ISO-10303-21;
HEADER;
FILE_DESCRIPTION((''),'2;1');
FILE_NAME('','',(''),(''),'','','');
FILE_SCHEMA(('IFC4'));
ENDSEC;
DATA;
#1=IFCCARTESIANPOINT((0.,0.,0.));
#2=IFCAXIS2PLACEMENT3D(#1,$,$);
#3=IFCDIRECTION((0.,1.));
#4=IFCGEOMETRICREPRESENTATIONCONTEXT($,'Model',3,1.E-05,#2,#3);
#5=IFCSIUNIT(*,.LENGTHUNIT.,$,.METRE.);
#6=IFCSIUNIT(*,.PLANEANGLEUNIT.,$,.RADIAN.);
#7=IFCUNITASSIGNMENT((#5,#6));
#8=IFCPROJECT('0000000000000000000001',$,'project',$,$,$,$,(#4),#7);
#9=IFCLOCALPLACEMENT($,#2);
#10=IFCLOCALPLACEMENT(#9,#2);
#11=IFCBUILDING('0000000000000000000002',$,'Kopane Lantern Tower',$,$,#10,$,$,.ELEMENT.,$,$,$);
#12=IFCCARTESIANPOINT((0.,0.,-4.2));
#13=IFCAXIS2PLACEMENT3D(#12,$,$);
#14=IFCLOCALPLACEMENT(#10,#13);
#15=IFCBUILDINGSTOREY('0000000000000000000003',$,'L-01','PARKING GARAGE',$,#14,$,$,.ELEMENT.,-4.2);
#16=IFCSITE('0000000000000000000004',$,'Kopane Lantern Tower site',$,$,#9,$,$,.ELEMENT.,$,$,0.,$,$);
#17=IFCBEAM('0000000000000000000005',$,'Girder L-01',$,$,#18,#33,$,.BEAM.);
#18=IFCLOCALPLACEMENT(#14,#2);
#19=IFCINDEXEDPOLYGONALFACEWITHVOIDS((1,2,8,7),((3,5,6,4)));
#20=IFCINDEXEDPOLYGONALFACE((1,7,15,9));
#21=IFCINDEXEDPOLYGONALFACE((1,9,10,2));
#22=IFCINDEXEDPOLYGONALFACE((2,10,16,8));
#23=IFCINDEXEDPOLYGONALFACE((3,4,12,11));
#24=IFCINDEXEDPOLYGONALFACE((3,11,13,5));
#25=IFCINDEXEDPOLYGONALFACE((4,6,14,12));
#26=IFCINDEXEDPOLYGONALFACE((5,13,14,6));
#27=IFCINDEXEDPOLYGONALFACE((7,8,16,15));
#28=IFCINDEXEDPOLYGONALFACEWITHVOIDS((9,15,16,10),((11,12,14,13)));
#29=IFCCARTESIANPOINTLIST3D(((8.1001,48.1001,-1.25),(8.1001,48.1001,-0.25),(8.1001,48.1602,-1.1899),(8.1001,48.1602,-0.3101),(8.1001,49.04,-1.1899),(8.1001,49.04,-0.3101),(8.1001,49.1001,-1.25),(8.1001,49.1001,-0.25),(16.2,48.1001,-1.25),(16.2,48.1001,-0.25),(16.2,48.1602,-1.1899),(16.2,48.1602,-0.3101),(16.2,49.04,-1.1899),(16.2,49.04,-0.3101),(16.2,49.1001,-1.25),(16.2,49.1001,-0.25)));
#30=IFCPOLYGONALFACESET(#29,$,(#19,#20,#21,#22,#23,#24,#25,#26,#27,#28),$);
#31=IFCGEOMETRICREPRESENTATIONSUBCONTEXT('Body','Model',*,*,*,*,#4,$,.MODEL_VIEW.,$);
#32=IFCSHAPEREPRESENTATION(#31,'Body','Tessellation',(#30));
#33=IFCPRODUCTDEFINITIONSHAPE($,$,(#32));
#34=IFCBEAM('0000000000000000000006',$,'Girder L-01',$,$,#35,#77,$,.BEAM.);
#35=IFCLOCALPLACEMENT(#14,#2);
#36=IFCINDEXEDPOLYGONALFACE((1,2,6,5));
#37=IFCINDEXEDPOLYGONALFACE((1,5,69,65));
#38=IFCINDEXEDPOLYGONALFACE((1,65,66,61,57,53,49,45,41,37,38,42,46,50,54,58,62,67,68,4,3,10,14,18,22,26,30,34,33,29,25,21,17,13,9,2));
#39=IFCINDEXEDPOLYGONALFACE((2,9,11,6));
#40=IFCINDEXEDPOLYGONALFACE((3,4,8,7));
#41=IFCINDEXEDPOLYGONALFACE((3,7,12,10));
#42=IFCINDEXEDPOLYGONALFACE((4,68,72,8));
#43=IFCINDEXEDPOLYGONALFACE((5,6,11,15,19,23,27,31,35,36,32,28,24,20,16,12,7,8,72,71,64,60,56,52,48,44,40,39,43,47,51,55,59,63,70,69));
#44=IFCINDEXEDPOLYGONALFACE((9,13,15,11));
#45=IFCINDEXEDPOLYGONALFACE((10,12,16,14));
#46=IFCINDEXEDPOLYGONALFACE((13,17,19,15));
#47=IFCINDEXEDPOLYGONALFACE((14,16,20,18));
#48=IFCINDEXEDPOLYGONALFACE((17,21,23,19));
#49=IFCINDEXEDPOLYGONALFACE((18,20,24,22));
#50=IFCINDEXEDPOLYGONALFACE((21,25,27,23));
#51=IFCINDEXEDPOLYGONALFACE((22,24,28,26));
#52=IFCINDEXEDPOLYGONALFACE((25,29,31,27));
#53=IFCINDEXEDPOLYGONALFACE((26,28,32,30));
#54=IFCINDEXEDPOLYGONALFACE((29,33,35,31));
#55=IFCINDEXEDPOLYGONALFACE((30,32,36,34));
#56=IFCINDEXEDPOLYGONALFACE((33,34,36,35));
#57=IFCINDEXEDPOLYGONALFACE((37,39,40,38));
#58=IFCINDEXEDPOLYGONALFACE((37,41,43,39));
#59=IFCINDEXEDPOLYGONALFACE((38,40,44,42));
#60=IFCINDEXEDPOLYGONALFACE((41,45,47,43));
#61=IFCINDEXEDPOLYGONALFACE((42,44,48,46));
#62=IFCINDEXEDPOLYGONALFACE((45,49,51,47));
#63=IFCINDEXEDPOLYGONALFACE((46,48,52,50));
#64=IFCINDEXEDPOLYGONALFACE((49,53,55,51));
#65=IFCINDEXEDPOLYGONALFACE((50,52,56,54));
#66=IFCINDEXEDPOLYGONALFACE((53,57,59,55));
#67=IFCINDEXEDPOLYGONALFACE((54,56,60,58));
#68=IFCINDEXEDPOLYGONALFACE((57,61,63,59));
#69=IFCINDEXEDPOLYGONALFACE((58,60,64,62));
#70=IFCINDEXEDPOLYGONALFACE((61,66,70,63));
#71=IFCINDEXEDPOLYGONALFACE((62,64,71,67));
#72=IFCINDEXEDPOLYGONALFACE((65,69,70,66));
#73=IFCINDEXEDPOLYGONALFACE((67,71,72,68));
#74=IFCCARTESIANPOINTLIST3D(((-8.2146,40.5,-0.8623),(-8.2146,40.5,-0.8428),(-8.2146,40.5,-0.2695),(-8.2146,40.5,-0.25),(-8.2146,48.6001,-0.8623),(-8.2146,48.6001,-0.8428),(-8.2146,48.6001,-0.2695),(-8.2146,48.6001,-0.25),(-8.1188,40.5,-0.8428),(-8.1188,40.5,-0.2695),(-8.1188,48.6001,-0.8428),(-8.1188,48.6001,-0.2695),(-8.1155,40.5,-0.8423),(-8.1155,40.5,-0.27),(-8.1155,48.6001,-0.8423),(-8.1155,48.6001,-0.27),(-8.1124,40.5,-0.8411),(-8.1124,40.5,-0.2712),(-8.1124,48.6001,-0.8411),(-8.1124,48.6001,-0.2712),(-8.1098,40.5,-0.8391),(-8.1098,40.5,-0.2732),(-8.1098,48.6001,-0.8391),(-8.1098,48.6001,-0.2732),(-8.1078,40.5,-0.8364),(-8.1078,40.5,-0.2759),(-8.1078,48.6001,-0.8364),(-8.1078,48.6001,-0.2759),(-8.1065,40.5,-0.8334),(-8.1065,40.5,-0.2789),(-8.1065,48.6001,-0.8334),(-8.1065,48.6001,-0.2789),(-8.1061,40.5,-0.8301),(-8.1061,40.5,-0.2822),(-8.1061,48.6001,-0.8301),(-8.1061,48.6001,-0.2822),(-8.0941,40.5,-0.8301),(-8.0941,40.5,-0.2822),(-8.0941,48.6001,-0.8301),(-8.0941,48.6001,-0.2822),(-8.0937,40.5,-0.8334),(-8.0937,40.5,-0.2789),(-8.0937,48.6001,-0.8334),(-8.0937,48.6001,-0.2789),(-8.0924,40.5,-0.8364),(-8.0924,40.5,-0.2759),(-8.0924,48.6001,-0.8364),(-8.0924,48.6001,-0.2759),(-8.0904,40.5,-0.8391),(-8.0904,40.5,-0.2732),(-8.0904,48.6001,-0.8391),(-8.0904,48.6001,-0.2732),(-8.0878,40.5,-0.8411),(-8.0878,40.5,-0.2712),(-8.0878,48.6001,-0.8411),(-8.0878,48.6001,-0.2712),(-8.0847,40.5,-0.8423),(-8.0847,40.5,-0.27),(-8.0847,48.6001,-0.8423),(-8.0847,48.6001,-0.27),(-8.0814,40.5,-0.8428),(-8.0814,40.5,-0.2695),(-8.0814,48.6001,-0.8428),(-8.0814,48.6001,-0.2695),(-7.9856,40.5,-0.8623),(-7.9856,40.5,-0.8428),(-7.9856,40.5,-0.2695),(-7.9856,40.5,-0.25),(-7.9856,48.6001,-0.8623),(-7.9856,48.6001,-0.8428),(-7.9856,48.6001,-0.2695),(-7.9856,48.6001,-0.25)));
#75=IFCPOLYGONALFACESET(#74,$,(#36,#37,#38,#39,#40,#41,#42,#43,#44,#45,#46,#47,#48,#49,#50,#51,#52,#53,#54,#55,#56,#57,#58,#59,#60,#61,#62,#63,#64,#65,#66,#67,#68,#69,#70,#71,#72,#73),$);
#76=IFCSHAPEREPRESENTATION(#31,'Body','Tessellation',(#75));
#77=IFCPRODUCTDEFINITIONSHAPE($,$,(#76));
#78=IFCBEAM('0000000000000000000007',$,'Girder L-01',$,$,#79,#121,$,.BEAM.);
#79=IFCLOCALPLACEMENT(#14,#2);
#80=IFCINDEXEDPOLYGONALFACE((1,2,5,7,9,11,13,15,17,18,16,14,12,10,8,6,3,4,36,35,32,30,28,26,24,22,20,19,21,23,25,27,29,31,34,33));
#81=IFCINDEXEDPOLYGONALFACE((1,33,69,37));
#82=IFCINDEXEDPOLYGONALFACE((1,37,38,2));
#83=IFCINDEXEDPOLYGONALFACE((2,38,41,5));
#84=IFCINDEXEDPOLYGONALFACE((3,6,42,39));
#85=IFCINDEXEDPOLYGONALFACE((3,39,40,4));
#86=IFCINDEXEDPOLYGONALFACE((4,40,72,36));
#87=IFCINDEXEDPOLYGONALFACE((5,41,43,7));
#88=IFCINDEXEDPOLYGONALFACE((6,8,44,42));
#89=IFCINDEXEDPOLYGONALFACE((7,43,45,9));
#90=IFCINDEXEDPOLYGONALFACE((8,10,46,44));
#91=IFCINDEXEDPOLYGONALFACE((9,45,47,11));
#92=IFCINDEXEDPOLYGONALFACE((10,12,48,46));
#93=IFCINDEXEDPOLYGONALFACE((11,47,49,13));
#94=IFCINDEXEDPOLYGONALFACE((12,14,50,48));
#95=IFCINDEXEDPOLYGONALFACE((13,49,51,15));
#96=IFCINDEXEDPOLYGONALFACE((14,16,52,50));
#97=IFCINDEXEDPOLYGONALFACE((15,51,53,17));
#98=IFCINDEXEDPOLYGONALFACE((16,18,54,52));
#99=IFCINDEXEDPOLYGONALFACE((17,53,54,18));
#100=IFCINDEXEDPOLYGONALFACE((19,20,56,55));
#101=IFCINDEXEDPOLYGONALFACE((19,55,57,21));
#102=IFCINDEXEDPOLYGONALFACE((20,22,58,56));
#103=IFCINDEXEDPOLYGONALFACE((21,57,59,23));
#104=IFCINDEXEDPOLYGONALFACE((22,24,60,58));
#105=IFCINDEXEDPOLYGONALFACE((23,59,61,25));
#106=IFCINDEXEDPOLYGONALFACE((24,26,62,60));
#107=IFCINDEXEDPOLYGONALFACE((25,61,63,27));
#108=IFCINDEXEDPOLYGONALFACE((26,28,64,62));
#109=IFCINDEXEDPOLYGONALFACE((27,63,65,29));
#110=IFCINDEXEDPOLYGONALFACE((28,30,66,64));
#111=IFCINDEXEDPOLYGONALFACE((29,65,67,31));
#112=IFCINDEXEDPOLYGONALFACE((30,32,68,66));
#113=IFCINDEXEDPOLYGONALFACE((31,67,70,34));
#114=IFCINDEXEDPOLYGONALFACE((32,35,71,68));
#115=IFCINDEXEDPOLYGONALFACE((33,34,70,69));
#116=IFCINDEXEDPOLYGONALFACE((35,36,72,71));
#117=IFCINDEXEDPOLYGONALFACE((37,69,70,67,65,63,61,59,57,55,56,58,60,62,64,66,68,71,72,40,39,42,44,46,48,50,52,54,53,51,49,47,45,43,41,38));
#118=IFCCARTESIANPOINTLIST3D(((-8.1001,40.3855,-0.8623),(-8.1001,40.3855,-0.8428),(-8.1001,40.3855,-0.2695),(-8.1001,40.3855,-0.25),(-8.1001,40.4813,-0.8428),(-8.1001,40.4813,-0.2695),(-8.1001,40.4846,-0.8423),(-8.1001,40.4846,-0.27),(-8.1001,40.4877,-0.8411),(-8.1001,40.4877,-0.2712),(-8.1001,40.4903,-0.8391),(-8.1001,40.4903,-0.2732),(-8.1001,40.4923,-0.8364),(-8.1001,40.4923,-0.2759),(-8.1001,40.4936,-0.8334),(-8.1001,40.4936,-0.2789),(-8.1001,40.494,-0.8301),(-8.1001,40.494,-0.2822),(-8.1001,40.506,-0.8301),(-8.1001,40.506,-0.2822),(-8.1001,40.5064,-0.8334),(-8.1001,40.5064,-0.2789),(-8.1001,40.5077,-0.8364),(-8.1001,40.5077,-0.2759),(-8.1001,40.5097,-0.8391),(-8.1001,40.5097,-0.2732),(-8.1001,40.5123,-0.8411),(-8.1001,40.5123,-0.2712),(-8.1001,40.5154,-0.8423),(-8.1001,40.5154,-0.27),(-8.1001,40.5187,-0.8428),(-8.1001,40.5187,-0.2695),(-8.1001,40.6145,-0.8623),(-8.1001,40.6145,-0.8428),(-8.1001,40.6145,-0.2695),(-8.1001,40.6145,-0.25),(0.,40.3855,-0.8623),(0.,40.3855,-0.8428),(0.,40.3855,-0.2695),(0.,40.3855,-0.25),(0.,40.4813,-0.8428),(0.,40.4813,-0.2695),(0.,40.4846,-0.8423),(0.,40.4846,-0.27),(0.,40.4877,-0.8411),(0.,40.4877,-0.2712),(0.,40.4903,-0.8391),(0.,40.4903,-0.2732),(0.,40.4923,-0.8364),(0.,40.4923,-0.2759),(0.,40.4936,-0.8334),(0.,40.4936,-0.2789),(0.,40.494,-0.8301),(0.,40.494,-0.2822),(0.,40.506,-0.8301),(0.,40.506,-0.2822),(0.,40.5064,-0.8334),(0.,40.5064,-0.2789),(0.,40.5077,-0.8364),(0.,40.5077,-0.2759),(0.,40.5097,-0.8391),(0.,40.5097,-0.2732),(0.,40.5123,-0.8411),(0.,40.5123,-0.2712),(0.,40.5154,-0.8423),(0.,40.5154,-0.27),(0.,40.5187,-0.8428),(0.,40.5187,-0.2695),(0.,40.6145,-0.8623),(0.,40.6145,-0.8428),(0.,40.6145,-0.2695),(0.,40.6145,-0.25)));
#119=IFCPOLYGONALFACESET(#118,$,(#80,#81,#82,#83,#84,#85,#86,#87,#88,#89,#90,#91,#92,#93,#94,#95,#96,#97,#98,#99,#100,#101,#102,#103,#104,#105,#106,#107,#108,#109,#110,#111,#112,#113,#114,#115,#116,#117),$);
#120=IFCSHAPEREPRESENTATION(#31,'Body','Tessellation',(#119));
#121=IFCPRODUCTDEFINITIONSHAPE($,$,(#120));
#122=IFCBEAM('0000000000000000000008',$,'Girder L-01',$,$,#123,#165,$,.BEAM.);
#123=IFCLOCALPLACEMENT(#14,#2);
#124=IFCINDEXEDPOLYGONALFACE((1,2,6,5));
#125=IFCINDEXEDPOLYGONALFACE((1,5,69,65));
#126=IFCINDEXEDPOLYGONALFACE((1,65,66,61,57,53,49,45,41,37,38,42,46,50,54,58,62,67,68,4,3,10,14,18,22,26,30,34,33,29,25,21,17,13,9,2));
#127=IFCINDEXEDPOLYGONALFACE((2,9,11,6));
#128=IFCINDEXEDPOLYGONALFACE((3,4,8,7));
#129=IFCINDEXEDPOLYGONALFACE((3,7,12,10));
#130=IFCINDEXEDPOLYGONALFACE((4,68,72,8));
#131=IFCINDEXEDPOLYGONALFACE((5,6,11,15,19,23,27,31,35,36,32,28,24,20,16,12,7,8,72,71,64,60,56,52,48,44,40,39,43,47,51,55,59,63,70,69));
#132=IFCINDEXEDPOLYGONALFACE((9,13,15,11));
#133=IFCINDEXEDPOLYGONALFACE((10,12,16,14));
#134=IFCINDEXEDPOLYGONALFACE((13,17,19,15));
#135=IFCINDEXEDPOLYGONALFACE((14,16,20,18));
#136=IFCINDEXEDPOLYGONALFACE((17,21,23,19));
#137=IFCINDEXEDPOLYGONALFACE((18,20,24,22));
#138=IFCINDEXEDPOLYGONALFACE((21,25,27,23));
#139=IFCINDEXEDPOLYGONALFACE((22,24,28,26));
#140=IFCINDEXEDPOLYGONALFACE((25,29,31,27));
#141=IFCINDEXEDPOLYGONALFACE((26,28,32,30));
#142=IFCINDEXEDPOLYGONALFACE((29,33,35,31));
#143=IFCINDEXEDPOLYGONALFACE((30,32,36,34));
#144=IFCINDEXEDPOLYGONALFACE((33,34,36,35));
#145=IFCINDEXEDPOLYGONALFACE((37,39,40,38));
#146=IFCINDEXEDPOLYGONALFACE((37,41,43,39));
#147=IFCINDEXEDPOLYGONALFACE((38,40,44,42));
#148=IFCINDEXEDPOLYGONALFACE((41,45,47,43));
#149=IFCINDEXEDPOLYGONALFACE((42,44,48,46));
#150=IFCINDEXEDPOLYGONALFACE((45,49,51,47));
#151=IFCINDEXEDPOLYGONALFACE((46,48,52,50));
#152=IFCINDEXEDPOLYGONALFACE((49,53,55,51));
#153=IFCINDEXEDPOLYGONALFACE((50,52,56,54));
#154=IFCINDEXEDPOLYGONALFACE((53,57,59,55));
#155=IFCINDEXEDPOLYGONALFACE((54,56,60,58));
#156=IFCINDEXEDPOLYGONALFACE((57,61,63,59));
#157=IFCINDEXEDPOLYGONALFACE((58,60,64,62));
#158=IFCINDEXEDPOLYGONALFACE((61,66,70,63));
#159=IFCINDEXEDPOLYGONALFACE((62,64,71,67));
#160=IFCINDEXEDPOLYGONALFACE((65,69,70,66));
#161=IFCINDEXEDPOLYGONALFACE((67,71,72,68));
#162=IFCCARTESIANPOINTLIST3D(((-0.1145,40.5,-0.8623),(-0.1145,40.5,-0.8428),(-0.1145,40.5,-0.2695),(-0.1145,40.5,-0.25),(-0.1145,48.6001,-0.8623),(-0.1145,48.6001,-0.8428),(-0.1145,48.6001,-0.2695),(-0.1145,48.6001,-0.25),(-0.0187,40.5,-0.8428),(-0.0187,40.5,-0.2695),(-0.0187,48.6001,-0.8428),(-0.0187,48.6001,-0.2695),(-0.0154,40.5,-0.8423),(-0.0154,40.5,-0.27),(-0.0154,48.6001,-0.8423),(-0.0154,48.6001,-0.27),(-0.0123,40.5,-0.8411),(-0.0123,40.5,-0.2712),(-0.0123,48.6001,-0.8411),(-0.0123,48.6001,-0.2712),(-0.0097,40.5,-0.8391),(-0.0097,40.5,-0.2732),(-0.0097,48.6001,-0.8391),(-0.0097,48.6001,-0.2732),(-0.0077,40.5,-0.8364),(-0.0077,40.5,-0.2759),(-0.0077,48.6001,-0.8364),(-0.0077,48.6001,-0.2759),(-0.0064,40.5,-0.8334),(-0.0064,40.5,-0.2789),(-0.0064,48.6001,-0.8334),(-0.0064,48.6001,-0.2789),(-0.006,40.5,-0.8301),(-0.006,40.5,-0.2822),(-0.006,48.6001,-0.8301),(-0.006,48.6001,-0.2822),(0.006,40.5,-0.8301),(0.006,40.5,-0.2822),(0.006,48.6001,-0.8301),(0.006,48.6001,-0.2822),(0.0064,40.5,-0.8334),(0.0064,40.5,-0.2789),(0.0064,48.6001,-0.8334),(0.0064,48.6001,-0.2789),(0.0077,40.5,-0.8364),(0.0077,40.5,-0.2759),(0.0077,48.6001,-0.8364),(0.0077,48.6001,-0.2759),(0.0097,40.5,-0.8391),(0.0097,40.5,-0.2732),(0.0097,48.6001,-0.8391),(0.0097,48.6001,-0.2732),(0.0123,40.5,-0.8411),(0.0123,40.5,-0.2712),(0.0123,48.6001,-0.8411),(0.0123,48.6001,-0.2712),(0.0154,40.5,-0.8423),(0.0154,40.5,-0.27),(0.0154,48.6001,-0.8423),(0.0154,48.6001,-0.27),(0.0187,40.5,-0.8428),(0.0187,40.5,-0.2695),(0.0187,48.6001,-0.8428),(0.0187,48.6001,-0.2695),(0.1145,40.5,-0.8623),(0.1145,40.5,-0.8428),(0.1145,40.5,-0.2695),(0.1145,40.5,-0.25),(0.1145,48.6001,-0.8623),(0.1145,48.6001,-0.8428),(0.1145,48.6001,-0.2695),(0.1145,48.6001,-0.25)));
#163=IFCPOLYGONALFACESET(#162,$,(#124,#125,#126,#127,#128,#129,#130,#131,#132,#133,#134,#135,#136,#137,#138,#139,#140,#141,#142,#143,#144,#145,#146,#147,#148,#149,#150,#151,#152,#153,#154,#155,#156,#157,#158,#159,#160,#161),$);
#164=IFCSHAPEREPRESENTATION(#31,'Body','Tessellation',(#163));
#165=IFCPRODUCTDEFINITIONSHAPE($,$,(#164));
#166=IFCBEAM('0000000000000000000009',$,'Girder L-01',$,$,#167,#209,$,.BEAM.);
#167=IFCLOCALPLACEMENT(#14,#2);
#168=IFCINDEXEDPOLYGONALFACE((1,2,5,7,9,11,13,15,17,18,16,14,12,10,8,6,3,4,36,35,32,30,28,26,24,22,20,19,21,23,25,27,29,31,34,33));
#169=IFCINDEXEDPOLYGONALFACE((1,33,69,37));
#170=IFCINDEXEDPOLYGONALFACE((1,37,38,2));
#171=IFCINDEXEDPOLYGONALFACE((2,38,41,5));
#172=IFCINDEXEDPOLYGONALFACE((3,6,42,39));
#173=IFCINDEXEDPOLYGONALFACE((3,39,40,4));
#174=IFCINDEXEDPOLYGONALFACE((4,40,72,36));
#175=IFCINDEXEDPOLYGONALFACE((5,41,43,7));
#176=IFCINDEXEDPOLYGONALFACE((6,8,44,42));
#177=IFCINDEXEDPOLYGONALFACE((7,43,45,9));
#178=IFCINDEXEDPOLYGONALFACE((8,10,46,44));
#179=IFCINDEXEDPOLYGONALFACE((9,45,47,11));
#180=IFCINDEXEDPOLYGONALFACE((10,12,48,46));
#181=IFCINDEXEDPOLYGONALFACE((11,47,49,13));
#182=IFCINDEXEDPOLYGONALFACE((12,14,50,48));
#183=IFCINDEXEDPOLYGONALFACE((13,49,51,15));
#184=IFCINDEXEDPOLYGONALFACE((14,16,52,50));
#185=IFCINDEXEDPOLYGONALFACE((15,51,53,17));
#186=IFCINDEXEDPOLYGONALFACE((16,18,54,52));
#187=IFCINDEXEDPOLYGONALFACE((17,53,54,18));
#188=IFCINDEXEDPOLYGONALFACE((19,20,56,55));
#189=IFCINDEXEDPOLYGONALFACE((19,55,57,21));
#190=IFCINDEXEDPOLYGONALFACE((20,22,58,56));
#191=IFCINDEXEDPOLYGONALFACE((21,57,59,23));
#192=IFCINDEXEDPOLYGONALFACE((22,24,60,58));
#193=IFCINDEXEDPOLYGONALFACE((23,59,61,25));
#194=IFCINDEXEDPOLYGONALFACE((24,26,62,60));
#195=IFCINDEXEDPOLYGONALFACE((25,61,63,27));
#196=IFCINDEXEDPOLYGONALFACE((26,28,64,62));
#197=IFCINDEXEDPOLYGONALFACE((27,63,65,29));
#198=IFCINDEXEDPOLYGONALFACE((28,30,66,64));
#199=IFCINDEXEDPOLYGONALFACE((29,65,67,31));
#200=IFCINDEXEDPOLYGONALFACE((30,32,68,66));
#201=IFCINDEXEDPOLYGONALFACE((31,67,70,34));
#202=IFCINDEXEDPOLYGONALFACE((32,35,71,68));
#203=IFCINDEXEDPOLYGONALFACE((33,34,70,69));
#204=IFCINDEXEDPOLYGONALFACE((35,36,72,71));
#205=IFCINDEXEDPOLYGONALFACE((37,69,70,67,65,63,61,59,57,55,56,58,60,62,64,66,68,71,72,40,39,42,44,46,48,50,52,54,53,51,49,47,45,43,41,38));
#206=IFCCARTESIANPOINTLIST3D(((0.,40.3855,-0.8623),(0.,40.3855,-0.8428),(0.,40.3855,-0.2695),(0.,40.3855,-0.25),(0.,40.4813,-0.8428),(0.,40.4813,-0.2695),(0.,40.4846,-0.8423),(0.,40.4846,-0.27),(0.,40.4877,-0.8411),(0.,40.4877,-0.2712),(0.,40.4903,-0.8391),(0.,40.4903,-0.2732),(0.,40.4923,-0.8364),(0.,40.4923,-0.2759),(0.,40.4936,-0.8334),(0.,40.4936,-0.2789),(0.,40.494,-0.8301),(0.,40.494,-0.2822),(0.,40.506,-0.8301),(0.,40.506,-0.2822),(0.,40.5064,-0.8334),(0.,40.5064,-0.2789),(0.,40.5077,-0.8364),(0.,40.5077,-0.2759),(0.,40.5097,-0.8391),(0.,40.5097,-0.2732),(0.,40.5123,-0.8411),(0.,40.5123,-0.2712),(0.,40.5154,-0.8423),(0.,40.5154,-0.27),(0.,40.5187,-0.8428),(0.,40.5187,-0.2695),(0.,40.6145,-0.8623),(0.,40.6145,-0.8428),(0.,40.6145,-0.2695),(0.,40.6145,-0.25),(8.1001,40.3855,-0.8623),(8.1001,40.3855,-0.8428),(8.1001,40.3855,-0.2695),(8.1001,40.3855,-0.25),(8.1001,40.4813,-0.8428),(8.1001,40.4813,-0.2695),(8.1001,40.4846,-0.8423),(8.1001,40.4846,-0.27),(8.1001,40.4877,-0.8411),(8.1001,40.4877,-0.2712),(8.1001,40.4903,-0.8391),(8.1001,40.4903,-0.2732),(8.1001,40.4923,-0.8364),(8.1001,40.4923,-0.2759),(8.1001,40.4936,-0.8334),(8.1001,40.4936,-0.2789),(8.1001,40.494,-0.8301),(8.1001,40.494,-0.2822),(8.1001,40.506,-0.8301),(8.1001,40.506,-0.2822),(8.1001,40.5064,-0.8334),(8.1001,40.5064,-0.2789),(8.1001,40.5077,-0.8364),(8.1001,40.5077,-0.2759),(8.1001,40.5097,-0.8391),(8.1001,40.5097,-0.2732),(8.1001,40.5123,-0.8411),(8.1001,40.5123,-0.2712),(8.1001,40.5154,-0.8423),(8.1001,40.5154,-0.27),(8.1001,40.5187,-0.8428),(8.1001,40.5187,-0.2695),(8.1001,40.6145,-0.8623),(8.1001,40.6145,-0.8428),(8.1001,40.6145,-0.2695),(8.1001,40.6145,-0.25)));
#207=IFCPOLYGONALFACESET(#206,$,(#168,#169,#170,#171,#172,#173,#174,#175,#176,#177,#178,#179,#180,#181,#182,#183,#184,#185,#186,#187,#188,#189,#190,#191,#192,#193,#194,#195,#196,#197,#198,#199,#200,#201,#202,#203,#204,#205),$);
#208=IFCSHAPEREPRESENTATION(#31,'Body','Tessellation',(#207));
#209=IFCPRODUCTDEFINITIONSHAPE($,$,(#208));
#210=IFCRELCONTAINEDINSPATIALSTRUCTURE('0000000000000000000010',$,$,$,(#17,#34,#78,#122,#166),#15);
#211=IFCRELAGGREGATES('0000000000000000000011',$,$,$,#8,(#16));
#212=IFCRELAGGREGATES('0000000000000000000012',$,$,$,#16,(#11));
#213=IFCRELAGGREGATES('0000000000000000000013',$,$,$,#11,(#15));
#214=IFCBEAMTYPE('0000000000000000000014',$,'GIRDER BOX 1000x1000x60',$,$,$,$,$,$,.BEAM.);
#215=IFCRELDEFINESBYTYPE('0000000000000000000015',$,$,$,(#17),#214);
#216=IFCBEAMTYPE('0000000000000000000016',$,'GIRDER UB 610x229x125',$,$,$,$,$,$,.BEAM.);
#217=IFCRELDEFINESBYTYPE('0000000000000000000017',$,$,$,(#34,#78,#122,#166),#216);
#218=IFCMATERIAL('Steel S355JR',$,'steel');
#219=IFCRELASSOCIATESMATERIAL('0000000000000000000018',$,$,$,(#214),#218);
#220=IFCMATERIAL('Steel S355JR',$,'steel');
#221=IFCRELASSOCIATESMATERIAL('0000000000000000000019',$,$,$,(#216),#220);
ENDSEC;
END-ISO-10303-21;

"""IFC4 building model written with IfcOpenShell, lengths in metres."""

from ifc_helpers import new_model, si_unit, direction, frame, origin, origin_2d, place, context, subcontext, project, spatial, hollow_rectangle, i_section, extrude, material, material_profile, profile_set, type_object, element, save


model = new_model("IFC4")

# Units and contexts
model_context = context("Model", 3, precision=1e-05, world=origin(), true_north=direction((0.0, 1.0)))
body_context = subcontext(model_context, "Body", "Model", "MODEL_VIEW")
ifc_project = project(units=[si_unit("LENGTHUNIT", "METRE"), si_unit("PLANEANGLEUNIT", "RADIAN")], contexts=[model_context])

# Site, building, storey
site_placement = place(None, origin())
site = spatial("IfcSite", under=ifc_project, at=site_placement, Name="Kopane Lantern Tower site", CompositionType="ELEMENT", RefElevation=0.0)
building_placement = place(site_placement, origin())
building = spatial("IfcBuilding", under=site, at=building_placement, Name="Kopane Lantern Tower", CompositionType="ELEMENT")
storey_placement = place(building_placement, frame((0.0, 0.0, -4.2)))
storey = spatial("IfcBuildingStorey", under=building, at=storey_placement, Name="L-01", Description="PARKING GARAGE", CompositionType="ELEMENT", Elevation=-4.2)

# Beams
ifc_material_1 = material(Name="Steel S355JR", Category="steel")
ifc_material_profile_1 = material_profile(ifc_material_1, hollow_rectangle(XDim=1.0, YDim=1.0, WallThickness=0.0601, at=origin_2d()), Name="BOX 1000x1000x60")
ifc_profile_set_1 = profile_set([ifc_material_profile_1], Name="Steel S355JR")
beam_type_1 = type_object("IfcBeamType", Name="GIRDER BOX 1000x1000x60", PredefinedType="BEAM", material=ifc_profile_set_1)
beam_1_placement = place(storey_placement, frame((8.1001, 48.6001, -0.75), z_axis=(1.0, 0.0, 0.0), x_axis=(0.0, 1.0, 0.0)))
element("IfcBeam", 1, at=beam_1_placement, inside=storey, type_object=beam_type_1, Name="Girder L-01", PredefinedType="BEAM", context=body_context, shape_type="SweptSolid", body=[
    extrude(hollow_rectangle(XDim=1.0, YDim=1.0, WallThickness=0.0601, at=origin_2d()), origin(), (0.0, 0.0, 1.0), 8.0999),
])
ifc_material_2 = material(Name="Steel S355JR", Category="steel")
ifc_material_profile_2 = material_profile(ifc_material_2, i_section(OverallWidth=0.229, OverallDepth=0.6123, WebThickness=0.012, FlangeThickness=0.0195, FilletRadius=0.0127, at=origin_2d()), Name="UB 610x229x125")
ifc_profile_set_2 = profile_set([ifc_material_profile_2], Name="Steel S355JR")
beam_type_2 = type_object("IfcBeamType", Name="GIRDER UB 610x229x125", PredefinedType="BEAM", material=ifc_profile_set_2)
for number, where, z_axis, x_axis, name in (
    (2, (-8.1001, 40.5, -0.5562), (0.0, 1.0, 0.0), (-1.0, 0.0, 0.0), "Girder L-01"),
    (3, (-8.1001, 40.5, -0.5562), (1.0, 0.0, 0.0), (0.0, 1.0, 0.0), "Girder L-01"),
    (4, (0.0, 40.5, -0.5562), (0.0, 1.0, 0.0), (-1.0, 0.0, 0.0), "Girder L-01"),
    (5, (0.0, 40.5, -0.5562), (1.0, 0.0, 0.0), (0.0, 1.0, 0.0), "Girder L-01"),
):
    element("IfcBeam", number, at=place(storey_placement, frame(where, z_axis=z_axis, x_axis=x_axis)), inside=storey, type_object=beam_type_2, Name=name, PredefinedType="BEAM", context=body_context, shape_type="SweptSolid", body=[
        extrude(i_section(OverallWidth=0.229, OverallDepth=0.6123, WebThickness=0.012, FlangeThickness=0.0195, FilletRadius=0.0127, at=origin_2d()), origin(), (0.0, 0.0, 1.0), 8.1001),
    ])

save(model, "model.ifc")
